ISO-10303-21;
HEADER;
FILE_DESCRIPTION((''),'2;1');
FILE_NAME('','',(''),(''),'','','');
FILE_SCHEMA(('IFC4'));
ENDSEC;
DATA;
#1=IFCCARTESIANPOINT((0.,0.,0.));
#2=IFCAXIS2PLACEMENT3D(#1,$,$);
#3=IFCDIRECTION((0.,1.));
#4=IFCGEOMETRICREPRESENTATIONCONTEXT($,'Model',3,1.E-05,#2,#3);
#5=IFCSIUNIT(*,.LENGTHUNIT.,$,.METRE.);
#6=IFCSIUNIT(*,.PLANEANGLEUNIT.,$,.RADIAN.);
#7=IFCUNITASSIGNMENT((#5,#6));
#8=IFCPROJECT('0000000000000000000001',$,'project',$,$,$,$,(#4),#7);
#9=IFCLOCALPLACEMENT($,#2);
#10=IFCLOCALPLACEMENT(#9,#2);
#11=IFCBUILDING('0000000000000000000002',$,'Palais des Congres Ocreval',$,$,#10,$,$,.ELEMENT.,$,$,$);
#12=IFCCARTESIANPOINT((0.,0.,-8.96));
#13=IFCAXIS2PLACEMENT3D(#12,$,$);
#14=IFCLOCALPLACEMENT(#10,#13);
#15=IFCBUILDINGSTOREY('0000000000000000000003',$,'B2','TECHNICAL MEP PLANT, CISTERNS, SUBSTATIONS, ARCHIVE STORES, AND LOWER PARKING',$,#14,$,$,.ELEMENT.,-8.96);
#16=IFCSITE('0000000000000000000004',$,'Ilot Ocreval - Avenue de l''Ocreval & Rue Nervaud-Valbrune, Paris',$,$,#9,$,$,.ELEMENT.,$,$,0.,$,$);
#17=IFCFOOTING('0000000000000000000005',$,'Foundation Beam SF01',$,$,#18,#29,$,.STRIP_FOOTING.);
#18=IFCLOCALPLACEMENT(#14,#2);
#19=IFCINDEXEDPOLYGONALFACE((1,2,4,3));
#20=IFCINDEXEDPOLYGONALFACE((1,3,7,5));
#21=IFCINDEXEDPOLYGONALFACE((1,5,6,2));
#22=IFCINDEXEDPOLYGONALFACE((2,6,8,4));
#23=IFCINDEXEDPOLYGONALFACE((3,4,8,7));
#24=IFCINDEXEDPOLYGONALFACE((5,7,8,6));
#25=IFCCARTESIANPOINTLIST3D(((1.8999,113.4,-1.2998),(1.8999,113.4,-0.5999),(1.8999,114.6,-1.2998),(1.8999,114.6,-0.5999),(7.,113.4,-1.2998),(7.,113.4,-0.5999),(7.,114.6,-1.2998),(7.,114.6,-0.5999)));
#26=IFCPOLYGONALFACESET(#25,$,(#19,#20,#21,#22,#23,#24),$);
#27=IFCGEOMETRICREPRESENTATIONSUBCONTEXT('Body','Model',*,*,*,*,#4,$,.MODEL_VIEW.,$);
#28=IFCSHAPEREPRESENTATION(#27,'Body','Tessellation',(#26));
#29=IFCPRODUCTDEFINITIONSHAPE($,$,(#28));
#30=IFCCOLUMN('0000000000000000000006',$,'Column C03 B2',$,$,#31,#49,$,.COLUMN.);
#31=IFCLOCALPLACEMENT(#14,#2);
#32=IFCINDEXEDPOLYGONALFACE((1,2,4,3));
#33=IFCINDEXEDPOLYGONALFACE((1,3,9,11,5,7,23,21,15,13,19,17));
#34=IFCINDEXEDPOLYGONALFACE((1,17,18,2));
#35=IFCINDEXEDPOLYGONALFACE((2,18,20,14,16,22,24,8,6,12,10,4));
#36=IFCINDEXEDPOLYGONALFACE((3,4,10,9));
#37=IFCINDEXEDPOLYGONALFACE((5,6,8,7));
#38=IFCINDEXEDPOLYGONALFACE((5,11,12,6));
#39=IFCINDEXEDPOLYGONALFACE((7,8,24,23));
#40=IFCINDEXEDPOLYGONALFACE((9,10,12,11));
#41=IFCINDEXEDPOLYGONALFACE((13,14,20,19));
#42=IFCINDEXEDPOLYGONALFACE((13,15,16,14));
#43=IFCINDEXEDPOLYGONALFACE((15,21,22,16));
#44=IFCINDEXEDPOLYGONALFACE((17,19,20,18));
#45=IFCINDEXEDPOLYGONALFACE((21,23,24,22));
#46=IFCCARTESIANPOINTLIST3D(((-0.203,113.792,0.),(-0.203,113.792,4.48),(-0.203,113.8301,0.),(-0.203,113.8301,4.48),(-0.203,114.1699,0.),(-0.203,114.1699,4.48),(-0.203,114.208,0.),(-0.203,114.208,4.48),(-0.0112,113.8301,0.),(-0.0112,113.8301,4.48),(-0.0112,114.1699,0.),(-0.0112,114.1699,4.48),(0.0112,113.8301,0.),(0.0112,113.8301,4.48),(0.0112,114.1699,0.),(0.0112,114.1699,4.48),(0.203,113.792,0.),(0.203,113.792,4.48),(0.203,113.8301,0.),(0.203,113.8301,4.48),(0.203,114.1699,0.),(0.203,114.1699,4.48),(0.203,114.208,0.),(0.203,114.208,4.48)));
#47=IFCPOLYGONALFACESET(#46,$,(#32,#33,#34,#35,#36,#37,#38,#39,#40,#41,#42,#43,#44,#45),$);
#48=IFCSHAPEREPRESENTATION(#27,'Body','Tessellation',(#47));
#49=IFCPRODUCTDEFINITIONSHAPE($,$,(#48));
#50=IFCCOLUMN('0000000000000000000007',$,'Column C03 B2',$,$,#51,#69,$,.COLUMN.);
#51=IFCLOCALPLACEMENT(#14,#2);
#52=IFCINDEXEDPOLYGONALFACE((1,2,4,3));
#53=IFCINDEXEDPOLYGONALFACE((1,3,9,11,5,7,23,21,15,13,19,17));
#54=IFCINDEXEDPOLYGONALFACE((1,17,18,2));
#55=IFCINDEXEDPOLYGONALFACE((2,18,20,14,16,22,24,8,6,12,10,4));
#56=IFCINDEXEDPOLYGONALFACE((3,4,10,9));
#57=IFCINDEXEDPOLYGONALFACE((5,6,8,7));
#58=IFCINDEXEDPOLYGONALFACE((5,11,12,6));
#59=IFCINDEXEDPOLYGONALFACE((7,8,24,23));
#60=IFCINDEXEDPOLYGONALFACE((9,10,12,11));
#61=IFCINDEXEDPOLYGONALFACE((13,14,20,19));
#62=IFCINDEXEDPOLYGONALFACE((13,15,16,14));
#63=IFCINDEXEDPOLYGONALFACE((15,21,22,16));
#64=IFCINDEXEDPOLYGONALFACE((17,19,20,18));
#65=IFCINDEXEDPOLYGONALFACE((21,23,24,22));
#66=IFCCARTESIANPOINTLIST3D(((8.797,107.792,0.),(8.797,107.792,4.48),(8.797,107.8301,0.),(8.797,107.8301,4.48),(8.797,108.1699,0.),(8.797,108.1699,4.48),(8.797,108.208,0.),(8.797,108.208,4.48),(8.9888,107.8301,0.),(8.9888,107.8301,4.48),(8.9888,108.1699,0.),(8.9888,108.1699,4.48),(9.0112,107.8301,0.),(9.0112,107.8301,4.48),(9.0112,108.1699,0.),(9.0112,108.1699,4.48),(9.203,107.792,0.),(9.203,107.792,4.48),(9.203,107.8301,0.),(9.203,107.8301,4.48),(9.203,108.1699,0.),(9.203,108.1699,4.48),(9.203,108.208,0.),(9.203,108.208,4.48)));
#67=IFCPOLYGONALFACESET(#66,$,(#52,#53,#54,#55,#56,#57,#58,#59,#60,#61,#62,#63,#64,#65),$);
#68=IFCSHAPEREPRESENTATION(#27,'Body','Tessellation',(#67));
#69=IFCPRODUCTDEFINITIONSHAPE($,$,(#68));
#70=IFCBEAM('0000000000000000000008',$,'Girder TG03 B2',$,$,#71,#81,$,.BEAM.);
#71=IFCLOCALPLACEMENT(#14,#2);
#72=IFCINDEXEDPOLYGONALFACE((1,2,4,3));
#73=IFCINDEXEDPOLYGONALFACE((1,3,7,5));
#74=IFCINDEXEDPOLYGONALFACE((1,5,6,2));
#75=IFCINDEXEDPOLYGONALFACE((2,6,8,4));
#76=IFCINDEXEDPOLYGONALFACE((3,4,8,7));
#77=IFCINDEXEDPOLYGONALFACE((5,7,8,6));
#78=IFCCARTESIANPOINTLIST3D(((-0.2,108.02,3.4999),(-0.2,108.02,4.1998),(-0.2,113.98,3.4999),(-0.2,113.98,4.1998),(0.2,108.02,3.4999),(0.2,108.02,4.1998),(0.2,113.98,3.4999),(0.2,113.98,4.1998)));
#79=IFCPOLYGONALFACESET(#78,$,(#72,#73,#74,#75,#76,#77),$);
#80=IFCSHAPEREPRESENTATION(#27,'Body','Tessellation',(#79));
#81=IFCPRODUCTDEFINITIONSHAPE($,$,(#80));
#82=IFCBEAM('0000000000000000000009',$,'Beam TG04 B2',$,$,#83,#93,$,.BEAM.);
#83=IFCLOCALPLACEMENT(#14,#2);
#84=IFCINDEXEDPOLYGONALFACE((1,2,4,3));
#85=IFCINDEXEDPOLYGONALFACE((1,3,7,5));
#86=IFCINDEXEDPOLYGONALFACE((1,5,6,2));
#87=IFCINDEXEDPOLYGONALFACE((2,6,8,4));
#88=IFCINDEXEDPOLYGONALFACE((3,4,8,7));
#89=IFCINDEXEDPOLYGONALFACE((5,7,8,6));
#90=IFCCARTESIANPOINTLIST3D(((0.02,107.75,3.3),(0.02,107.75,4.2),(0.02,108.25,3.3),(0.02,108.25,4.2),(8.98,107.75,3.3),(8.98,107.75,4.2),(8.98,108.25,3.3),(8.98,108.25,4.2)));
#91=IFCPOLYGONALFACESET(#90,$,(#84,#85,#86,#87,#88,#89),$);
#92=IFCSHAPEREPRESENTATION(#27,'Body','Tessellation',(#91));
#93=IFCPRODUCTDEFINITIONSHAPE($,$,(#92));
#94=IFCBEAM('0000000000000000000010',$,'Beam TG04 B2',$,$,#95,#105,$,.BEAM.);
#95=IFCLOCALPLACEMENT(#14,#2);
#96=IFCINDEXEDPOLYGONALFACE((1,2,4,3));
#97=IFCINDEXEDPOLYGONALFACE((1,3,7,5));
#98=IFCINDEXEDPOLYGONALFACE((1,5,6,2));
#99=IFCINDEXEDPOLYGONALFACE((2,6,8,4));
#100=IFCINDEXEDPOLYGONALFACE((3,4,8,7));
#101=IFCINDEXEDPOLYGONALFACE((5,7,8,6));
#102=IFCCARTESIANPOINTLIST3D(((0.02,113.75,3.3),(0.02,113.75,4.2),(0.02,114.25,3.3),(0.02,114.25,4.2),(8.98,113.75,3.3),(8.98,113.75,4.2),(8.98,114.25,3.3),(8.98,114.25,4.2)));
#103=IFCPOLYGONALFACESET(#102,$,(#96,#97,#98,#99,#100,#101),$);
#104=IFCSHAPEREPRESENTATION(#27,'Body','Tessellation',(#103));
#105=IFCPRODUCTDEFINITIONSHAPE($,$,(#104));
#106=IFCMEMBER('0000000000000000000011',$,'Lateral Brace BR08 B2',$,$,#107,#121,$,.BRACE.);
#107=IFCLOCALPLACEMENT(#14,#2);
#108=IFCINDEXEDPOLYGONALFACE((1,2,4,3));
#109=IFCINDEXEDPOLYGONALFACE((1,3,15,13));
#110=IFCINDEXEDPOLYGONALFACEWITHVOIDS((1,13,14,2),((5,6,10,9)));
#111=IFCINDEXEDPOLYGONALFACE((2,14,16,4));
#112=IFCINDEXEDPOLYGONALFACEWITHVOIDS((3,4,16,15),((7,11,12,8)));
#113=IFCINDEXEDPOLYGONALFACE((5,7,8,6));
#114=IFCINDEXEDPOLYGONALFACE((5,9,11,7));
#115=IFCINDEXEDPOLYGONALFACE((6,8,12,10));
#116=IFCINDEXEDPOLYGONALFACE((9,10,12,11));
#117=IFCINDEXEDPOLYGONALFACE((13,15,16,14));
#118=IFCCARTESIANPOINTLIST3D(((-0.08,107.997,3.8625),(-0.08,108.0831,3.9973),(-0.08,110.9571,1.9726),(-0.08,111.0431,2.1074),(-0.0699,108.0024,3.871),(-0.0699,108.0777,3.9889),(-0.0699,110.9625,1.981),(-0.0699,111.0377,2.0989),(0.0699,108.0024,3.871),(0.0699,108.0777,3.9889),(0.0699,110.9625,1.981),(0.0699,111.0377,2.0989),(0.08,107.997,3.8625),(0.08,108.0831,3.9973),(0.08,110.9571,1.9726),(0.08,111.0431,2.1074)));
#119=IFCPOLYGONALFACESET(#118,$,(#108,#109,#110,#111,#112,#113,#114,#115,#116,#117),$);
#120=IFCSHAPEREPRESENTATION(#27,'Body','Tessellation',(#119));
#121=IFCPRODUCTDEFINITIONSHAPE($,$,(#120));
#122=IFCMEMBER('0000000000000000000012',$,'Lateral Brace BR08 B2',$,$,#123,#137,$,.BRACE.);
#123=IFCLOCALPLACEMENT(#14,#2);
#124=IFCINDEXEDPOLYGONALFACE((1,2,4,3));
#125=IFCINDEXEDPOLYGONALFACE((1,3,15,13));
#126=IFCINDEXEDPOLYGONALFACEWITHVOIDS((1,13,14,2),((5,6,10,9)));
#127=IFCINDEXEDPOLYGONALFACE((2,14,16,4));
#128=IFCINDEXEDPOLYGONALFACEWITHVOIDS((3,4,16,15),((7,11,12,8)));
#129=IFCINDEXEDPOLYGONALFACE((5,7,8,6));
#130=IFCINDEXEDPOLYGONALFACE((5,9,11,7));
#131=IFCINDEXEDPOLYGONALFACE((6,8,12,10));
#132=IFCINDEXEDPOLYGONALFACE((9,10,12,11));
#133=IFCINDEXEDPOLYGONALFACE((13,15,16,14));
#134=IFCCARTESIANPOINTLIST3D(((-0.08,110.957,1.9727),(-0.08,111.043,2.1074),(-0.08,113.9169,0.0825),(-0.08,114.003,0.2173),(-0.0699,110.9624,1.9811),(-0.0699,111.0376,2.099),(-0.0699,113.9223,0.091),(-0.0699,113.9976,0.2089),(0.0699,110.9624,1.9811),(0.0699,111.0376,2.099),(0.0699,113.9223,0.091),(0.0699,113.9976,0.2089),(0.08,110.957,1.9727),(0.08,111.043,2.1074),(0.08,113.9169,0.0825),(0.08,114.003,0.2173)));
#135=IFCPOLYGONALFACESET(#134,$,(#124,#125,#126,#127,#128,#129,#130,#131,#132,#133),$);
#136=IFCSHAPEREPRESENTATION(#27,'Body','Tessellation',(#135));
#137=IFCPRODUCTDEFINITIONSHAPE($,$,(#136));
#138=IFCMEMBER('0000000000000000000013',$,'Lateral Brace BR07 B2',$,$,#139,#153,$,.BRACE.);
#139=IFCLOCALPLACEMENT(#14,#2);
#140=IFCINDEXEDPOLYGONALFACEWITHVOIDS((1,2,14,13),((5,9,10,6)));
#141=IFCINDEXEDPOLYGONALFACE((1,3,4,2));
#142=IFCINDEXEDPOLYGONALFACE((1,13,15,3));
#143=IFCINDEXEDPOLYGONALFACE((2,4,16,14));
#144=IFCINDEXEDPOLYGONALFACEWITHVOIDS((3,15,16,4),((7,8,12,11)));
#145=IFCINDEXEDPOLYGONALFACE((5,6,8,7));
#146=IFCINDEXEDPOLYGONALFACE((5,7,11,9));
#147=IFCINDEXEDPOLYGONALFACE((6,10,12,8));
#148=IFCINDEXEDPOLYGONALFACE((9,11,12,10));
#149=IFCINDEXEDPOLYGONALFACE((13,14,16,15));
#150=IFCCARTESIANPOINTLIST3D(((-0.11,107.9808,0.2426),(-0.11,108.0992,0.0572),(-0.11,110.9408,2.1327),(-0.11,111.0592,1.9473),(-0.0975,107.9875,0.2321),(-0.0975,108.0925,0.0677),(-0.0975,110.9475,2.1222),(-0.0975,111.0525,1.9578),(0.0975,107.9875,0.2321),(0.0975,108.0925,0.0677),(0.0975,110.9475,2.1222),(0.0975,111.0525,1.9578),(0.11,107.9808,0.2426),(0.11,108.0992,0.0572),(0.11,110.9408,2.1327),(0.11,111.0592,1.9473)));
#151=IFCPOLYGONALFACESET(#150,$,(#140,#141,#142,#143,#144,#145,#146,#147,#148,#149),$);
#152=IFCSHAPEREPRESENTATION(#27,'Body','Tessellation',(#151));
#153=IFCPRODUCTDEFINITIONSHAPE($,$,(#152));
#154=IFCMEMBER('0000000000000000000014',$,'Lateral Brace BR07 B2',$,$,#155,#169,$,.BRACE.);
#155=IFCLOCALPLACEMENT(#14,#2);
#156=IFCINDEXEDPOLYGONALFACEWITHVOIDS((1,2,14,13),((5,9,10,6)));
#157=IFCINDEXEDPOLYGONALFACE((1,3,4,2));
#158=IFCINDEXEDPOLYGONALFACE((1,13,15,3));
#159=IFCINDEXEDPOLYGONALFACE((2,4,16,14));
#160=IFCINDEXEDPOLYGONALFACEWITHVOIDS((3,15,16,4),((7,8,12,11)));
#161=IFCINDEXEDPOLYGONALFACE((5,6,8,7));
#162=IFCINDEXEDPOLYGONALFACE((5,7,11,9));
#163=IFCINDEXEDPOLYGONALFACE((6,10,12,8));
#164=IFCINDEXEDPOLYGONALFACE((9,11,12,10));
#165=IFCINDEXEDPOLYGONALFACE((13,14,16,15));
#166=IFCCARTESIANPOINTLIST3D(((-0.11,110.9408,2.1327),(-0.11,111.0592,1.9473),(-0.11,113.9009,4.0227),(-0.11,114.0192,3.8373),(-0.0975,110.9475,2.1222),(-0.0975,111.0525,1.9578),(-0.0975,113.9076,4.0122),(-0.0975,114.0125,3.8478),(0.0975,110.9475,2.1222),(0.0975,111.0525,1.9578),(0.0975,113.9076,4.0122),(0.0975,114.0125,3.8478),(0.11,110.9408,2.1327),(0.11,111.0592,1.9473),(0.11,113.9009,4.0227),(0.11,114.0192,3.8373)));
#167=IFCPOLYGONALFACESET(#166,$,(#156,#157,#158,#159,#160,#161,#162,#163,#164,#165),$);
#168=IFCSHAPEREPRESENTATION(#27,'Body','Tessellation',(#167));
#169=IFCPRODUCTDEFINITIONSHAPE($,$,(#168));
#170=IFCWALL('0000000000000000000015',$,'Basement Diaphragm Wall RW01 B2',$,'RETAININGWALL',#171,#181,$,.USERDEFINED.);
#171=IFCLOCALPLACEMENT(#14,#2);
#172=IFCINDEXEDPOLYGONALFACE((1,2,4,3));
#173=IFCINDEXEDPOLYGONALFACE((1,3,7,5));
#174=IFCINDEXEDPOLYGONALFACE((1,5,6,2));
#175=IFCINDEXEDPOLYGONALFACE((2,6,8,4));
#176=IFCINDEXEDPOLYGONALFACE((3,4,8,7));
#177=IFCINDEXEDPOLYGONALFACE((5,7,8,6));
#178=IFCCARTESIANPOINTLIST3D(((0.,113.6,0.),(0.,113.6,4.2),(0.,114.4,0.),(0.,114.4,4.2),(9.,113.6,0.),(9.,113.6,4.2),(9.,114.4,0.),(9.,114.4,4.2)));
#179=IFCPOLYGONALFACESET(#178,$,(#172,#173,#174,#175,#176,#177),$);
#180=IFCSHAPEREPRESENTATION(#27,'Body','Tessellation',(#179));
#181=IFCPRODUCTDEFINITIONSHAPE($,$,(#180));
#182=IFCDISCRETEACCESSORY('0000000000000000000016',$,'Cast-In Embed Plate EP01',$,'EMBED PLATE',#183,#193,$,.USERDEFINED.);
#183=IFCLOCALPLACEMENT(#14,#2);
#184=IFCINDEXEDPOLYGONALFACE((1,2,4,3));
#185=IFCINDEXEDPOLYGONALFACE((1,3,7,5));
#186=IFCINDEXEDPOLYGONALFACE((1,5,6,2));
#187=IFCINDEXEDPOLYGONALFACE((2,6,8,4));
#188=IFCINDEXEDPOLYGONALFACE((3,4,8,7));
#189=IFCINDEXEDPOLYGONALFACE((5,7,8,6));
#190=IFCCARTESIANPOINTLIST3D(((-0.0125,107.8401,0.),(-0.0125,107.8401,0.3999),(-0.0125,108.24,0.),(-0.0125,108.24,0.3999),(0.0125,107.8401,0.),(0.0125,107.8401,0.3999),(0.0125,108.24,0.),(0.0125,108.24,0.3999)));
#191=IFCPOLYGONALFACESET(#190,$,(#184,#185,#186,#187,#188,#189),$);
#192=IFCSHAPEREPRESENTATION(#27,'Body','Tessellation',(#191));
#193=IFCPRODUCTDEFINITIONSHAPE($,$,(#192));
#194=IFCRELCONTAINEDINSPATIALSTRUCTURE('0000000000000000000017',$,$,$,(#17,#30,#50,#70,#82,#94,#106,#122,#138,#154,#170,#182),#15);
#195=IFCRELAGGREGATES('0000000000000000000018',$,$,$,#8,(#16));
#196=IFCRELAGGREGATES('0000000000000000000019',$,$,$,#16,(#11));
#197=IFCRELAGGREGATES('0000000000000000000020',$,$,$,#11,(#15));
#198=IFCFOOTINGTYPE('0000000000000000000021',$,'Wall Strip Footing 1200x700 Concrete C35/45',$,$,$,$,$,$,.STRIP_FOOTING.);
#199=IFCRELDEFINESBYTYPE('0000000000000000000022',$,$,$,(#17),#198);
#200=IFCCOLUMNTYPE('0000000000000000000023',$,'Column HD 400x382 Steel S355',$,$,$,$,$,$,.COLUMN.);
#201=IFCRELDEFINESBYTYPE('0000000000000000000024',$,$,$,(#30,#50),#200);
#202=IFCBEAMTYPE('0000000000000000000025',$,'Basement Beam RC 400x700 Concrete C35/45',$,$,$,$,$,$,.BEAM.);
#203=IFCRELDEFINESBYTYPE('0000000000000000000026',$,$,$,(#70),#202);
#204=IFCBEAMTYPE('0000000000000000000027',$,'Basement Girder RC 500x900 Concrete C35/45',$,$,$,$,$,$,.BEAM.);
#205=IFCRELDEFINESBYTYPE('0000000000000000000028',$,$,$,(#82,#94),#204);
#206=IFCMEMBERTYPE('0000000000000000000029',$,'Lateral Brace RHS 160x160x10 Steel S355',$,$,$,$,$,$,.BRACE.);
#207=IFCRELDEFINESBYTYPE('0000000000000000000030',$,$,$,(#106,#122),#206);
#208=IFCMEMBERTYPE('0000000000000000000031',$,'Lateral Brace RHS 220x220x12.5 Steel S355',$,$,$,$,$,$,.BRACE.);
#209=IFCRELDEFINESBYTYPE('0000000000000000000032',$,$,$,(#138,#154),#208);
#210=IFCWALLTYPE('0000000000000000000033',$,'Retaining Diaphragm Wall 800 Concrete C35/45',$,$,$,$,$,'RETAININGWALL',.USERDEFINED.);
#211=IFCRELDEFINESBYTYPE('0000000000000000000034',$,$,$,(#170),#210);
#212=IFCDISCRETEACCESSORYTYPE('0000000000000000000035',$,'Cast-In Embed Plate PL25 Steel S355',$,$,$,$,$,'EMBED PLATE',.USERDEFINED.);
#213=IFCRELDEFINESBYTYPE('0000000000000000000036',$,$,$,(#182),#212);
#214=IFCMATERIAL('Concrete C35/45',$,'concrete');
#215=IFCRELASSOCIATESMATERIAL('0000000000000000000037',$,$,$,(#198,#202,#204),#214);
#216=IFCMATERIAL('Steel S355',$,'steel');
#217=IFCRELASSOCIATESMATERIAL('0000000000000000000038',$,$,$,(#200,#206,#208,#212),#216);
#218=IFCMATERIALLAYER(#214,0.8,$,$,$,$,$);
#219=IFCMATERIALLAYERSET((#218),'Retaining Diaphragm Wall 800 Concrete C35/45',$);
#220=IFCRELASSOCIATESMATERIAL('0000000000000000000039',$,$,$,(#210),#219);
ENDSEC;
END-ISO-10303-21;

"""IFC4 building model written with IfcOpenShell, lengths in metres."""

from ifc_helpers import new_model, si_unit, direction, frame, frame_2d, origin, origin_2d, place, context, subcontext, project, spatial, rectangle, hollow_rectangle, i_section, extrude, material, layer, layer_set, material_profile, profile_set, type_object, element, save


model = new_model("IFC4")

# Units and contexts
model_context = context("Model", 3, precision=1e-05, world=origin(), true_north=direction((0.0, 1.0)))
body_context = subcontext(model_context, "Body", "Model", "MODEL_VIEW")
ifc_project = project(units=[si_unit("LENGTHUNIT", "METRE"), si_unit("PLANEANGLEUNIT", "RADIAN")], contexts=[model_context])

# Site, building, storey
site_placement = place(None, origin())
site = spatial("IfcSite", under=ifc_project, at=site_placement, Name="Ilot Ocreval - Avenue de l'Ocreval & Rue Nervaud-Valbrune, Paris", CompositionType="ELEMENT", RefElevation=0.0)
building_placement = place(site_placement, origin())
building = spatial("IfcBuilding", under=site, at=building_placement, Name="Palais des Congres Ocreval", CompositionType="ELEMENT")
storey_placement = place(building_placement, frame((0.0, 0.0, -8.96)))
storey = spatial("IfcBuildingStorey", under=building, at=storey_placement, Name="B2", Description="TECHNICAL MEP PLANT, CISTERNS, SUBSTATIONS, ARCHIVE STORES, AND LOWER PARKING", CompositionType="ELEMENT", Elevation=-8.96)

# Shared definitions
ifc_material_1 = material(Name="Concrete C35/45", Category="concrete")

# Footing
footing_type_1 = type_object("IfcFootingType", Name="Wall Strip Footing 1200x700 Concrete C35/45", PredefinedType="STRIP_FOOTING", material=ifc_material_1)
footing_1_placement = place(storey_placement, frame((4.45, 114.0, -1.2998), z_axis=(0.0, 0.0, 1.0), x_axis=(1.0, 0.0, 0.0)))
element("IfcFooting", 1, at=footing_1_placement, inside=storey, type_object=footing_type_1, Name="Foundation Beam SF01", PredefinedType="STRIP_FOOTING", context=body_context, shape_type="SweptSolid", body=[
    extrude(rectangle(XDim=5.1001, YDim=1.2, at=origin_2d()), origin(), (0.0, 0.0, 1.0), 0.7),
])

# Columns
ifc_material_2 = material(Name="Steel S355", Category="steel")
ifc_material_profile_1 = material_profile(ifc_material_2, i_section(OverallWidth=0.406, OverallDepth=0.416, WebThickness=0.0225, FlangeThickness=0.0381, at=origin_2d()), Name="HD 400x382")
ifc_profile_set_1 = profile_set([ifc_material_profile_1], Name="Steel S355")
column_type = type_object("IfcColumnType", Name="Column HD 400x382 Steel S355", PredefinedType="COLUMN", material=ifc_profile_set_1)
for number, where, z_axis, x_axis, name in (
    (2, (0.0, 114.0, 0.0), (0.0, 0.0, 1.0), (1.0, 0.0, 0.0), "Column C03 B2"),
    (3, (9.0, 108.0, 0.0), (0.0, 0.0, 1.0), (1.0, 0.0, 0.0), "Column C03 B2"),
):
    element("IfcColumn", number, at=place(storey_placement, frame(where, z_axis=z_axis, x_axis=x_axis)), inside=storey, type_object=column_type, Name=name, PredefinedType="COLUMN", context=body_context, shape_type="SweptSolid", body=[
        extrude(i_section(OverallWidth=0.406, OverallDepth=0.416, WebThickness=0.0225, FlangeThickness=0.0381, at=origin_2d()), origin(), (0.0, 0.0, 1.0), 4.48),
    ])

# Beams
ifc_material_profile_2 = material_profile(ifc_material_1, rectangle(XDim=0.3999, YDim=0.7, at=origin_2d()), Name="RC 400x700")
ifc_profile_set_2 = profile_set([ifc_material_profile_2], Name="Concrete C35/45")
beam_type_1 = type_object("IfcBeamType", Name="Basement Beam RC 400x700 Concrete C35/45", PredefinedType="BEAM", material=ifc_profile_set_2)
beam_placement = place(storey_placement, frame((0.0, 108.02, 3.8499), z_axis=(0.0, 1.0, 0.0), x_axis=(-1.0, 0.0, 0.0)))
element("IfcBeam", 4, at=beam_placement, inside=storey, type_object=beam_type_1, Name="Girder TG03 B2", PredefinedType="BEAM", context=body_context, shape_type="SweptSolid", body=[
    extrude(rectangle(XDim=0.3999, YDim=0.7, at=origin_2d()), origin(), (0.0, 0.0, 1.0), 5.96),
])
ifc_material_profile_3 = material_profile(ifc_material_1, rectangle(XDim=0.5, YDim=0.8999, at=origin_2d()), Name="RC 500x900")
ifc_profile_set_3 = profile_set([ifc_material_profile_3], Name="Concrete C35/45")
beam_type_2 = type_object("IfcBeamType", Name="Basement Girder RC 500x900 Concrete C35/45", PredefinedType="BEAM", material=ifc_profile_set_3)
for number, where, z_axis, x_axis, name in (
    (5, (0.02, 108.0, 3.75), (1.0, 0.0, 0.0), (0.0, 1.0, 0.0), "Beam TG04 B2"),
    (6, (0.02, 114.0, 3.75), (1.0, 0.0, 0.0), (0.0, 1.0, 0.0), "Beam TG04 B2"),
):
    element("IfcBeam", number, at=place(storey_placement, frame(where, z_axis=z_axis, x_axis=x_axis)), inside=storey, type_object=beam_type_2, Name=name, PredefinedType="BEAM", context=body_context, shape_type="SweptSolid", body=[
        extrude(rectangle(XDim=0.5, YDim=0.8999, at=origin_2d()), origin(), (0.0, 0.0, 1.0), 8.96),
    ])

# Members
ifc_material_profile_4 = material_profile(ifc_material_2, hollow_rectangle(XDim=0.1599, YDim=0.1599, WallThickness=0.01, at=origin_2d()), Name="RHS 160x160x10")
ifc_profile_set_4 = profile_set([ifc_material_profile_4], Name="Steel S355")
member_type_1 = type_object("IfcMemberType", Name="Lateral Brace RHS 160x160x10 Steel S355", PredefinedType="BRACE", material=ifc_profile_set_4)
for number, where, z_axis, x_axis, name in (
    (7, (0.0, 108.04, 3.9299), (0.0, 0.84285, -0.538148), (-1.0, 0.0, 0.0), "Lateral Brace BR08 B2"),
    (8, (0.0, 111.0, 2.04), (0.0, 0.842819, -0.538197), (-1.0, 0.0, 0.0), "Lateral Brace BR08 B2"),
):
    element("IfcMember", number, at=place(storey_placement, frame(where, z_axis=z_axis, x_axis=x_axis)), inside=storey, type_object=member_type_1, Name=name, PredefinedType="BRACE", context=body_context, shape_type="SweptSolid", body=[
        extrude(hollow_rectangle(XDim=0.1599, YDim=0.1599, WallThickness=0.01, at=origin_2d()), origin(), (0.0, 0.0, 1.0), 3.512),
    ])
ifc_material_profile_5 = material_profile(ifc_material_2, hollow_rectangle(XDim=0.22, YDim=0.22, WallThickness=0.0125, at=origin_2d()), Name="RHS 220x220x12.5")
ifc_profile_set_5 = profile_set([ifc_material_profile_5], Name="Steel S355")
member_type_2 = type_object("IfcMemberType", Name="Lateral Brace RHS 220x220x12.5 Steel S355", PredefinedType="BRACE", material=ifc_profile_set_5)
for number, where, z_axis, x_axis, name in (
    (9, (0.0, 108.04, 0.1499), (0.0, 0.842819, 0.538197), (-1.0, 0.0, 0.0), "Lateral Brace BR07 B2"),
    (10, (0.0, 111.0, 2.04), (0.0, 0.84285, 0.538148), (-1.0, 0.0, 0.0), "Lateral Brace BR07 B2"),
):
    element("IfcMember", number, at=place(storey_placement, frame(where, z_axis=z_axis, x_axis=x_axis)), inside=storey, type_object=member_type_2, Name=name, PredefinedType="BRACE", context=body_context, shape_type="SweptSolid", body=[
        extrude(hollow_rectangle(XDim=0.22, YDim=0.22, WallThickness=0.0125, at=origin_2d()), origin(), (0.0, 0.0, 1.0), 3.512),
    ])

# Wall
ifc_layer = layer(ifc_material_1, 0.8)
ifc_layer_set = layer_set([ifc_layer], Name="Retaining Diaphragm Wall 800 Concrete C35/45")
wall_type = type_object("IfcWallType", Name="Retaining Diaphragm Wall 800 Concrete C35/45", ElementType="RETAININGWALL", PredefinedType="USERDEFINED", material=ifc_layer_set)
wall_placement = place(storey_placement, frame((0.0, 114.0, 0.0), z_axis=(0.0, 0.0, 1.0), x_axis=(1.0, 0.0, 0.0)))
element("IfcWall", 11, at=wall_placement, inside=storey, type_object=wall_type, Name="Basement Diaphragm Wall RW01 B2", ObjectType="RETAININGWALL", PredefinedType="USERDEFINED", context=body_context, shape_type="SweptSolid", body=[
    extrude(rectangle(XDim=9.0, YDim=0.8, at=frame_2d((4.5, 0.0))), origin(), (0.0, 0.0, 1.0), 4.2),
])

# Discrete accessory
discrete_accessory_type_1 = type_object("IfcDiscreteAccessoryType", Name="Cast-In Embed Plate PL25 Steel S355", ElementType="EMBED PLATE", PredefinedType="USERDEFINED", material=ifc_material_2)
for number, where, z_axis, x_axis, name in (
    (12, (0.0, 108.04, 0.0), (0.0, 0.0, 1.0), (0.0, 1.0, 0.0), "Cast-In Embed Plate EP01"),
):
    element("IfcDiscreteAccessory", number, at=place(storey_placement, frame(where, z_axis=z_axis, x_axis=x_axis)), inside=storey, type_object=discrete_accessory_type_1, Name=name, ObjectType="EMBED PLATE", PredefinedType="USERDEFINED", context=body_context, shape_type="SweptSolid", body=[
        extrude(rectangle(XDim=0.3999, YDim=0.0249, at=origin_2d()), origin(), (0.0, 0.0, 1.0), 0.3999),
    ])

save(model, "model.ifc")
